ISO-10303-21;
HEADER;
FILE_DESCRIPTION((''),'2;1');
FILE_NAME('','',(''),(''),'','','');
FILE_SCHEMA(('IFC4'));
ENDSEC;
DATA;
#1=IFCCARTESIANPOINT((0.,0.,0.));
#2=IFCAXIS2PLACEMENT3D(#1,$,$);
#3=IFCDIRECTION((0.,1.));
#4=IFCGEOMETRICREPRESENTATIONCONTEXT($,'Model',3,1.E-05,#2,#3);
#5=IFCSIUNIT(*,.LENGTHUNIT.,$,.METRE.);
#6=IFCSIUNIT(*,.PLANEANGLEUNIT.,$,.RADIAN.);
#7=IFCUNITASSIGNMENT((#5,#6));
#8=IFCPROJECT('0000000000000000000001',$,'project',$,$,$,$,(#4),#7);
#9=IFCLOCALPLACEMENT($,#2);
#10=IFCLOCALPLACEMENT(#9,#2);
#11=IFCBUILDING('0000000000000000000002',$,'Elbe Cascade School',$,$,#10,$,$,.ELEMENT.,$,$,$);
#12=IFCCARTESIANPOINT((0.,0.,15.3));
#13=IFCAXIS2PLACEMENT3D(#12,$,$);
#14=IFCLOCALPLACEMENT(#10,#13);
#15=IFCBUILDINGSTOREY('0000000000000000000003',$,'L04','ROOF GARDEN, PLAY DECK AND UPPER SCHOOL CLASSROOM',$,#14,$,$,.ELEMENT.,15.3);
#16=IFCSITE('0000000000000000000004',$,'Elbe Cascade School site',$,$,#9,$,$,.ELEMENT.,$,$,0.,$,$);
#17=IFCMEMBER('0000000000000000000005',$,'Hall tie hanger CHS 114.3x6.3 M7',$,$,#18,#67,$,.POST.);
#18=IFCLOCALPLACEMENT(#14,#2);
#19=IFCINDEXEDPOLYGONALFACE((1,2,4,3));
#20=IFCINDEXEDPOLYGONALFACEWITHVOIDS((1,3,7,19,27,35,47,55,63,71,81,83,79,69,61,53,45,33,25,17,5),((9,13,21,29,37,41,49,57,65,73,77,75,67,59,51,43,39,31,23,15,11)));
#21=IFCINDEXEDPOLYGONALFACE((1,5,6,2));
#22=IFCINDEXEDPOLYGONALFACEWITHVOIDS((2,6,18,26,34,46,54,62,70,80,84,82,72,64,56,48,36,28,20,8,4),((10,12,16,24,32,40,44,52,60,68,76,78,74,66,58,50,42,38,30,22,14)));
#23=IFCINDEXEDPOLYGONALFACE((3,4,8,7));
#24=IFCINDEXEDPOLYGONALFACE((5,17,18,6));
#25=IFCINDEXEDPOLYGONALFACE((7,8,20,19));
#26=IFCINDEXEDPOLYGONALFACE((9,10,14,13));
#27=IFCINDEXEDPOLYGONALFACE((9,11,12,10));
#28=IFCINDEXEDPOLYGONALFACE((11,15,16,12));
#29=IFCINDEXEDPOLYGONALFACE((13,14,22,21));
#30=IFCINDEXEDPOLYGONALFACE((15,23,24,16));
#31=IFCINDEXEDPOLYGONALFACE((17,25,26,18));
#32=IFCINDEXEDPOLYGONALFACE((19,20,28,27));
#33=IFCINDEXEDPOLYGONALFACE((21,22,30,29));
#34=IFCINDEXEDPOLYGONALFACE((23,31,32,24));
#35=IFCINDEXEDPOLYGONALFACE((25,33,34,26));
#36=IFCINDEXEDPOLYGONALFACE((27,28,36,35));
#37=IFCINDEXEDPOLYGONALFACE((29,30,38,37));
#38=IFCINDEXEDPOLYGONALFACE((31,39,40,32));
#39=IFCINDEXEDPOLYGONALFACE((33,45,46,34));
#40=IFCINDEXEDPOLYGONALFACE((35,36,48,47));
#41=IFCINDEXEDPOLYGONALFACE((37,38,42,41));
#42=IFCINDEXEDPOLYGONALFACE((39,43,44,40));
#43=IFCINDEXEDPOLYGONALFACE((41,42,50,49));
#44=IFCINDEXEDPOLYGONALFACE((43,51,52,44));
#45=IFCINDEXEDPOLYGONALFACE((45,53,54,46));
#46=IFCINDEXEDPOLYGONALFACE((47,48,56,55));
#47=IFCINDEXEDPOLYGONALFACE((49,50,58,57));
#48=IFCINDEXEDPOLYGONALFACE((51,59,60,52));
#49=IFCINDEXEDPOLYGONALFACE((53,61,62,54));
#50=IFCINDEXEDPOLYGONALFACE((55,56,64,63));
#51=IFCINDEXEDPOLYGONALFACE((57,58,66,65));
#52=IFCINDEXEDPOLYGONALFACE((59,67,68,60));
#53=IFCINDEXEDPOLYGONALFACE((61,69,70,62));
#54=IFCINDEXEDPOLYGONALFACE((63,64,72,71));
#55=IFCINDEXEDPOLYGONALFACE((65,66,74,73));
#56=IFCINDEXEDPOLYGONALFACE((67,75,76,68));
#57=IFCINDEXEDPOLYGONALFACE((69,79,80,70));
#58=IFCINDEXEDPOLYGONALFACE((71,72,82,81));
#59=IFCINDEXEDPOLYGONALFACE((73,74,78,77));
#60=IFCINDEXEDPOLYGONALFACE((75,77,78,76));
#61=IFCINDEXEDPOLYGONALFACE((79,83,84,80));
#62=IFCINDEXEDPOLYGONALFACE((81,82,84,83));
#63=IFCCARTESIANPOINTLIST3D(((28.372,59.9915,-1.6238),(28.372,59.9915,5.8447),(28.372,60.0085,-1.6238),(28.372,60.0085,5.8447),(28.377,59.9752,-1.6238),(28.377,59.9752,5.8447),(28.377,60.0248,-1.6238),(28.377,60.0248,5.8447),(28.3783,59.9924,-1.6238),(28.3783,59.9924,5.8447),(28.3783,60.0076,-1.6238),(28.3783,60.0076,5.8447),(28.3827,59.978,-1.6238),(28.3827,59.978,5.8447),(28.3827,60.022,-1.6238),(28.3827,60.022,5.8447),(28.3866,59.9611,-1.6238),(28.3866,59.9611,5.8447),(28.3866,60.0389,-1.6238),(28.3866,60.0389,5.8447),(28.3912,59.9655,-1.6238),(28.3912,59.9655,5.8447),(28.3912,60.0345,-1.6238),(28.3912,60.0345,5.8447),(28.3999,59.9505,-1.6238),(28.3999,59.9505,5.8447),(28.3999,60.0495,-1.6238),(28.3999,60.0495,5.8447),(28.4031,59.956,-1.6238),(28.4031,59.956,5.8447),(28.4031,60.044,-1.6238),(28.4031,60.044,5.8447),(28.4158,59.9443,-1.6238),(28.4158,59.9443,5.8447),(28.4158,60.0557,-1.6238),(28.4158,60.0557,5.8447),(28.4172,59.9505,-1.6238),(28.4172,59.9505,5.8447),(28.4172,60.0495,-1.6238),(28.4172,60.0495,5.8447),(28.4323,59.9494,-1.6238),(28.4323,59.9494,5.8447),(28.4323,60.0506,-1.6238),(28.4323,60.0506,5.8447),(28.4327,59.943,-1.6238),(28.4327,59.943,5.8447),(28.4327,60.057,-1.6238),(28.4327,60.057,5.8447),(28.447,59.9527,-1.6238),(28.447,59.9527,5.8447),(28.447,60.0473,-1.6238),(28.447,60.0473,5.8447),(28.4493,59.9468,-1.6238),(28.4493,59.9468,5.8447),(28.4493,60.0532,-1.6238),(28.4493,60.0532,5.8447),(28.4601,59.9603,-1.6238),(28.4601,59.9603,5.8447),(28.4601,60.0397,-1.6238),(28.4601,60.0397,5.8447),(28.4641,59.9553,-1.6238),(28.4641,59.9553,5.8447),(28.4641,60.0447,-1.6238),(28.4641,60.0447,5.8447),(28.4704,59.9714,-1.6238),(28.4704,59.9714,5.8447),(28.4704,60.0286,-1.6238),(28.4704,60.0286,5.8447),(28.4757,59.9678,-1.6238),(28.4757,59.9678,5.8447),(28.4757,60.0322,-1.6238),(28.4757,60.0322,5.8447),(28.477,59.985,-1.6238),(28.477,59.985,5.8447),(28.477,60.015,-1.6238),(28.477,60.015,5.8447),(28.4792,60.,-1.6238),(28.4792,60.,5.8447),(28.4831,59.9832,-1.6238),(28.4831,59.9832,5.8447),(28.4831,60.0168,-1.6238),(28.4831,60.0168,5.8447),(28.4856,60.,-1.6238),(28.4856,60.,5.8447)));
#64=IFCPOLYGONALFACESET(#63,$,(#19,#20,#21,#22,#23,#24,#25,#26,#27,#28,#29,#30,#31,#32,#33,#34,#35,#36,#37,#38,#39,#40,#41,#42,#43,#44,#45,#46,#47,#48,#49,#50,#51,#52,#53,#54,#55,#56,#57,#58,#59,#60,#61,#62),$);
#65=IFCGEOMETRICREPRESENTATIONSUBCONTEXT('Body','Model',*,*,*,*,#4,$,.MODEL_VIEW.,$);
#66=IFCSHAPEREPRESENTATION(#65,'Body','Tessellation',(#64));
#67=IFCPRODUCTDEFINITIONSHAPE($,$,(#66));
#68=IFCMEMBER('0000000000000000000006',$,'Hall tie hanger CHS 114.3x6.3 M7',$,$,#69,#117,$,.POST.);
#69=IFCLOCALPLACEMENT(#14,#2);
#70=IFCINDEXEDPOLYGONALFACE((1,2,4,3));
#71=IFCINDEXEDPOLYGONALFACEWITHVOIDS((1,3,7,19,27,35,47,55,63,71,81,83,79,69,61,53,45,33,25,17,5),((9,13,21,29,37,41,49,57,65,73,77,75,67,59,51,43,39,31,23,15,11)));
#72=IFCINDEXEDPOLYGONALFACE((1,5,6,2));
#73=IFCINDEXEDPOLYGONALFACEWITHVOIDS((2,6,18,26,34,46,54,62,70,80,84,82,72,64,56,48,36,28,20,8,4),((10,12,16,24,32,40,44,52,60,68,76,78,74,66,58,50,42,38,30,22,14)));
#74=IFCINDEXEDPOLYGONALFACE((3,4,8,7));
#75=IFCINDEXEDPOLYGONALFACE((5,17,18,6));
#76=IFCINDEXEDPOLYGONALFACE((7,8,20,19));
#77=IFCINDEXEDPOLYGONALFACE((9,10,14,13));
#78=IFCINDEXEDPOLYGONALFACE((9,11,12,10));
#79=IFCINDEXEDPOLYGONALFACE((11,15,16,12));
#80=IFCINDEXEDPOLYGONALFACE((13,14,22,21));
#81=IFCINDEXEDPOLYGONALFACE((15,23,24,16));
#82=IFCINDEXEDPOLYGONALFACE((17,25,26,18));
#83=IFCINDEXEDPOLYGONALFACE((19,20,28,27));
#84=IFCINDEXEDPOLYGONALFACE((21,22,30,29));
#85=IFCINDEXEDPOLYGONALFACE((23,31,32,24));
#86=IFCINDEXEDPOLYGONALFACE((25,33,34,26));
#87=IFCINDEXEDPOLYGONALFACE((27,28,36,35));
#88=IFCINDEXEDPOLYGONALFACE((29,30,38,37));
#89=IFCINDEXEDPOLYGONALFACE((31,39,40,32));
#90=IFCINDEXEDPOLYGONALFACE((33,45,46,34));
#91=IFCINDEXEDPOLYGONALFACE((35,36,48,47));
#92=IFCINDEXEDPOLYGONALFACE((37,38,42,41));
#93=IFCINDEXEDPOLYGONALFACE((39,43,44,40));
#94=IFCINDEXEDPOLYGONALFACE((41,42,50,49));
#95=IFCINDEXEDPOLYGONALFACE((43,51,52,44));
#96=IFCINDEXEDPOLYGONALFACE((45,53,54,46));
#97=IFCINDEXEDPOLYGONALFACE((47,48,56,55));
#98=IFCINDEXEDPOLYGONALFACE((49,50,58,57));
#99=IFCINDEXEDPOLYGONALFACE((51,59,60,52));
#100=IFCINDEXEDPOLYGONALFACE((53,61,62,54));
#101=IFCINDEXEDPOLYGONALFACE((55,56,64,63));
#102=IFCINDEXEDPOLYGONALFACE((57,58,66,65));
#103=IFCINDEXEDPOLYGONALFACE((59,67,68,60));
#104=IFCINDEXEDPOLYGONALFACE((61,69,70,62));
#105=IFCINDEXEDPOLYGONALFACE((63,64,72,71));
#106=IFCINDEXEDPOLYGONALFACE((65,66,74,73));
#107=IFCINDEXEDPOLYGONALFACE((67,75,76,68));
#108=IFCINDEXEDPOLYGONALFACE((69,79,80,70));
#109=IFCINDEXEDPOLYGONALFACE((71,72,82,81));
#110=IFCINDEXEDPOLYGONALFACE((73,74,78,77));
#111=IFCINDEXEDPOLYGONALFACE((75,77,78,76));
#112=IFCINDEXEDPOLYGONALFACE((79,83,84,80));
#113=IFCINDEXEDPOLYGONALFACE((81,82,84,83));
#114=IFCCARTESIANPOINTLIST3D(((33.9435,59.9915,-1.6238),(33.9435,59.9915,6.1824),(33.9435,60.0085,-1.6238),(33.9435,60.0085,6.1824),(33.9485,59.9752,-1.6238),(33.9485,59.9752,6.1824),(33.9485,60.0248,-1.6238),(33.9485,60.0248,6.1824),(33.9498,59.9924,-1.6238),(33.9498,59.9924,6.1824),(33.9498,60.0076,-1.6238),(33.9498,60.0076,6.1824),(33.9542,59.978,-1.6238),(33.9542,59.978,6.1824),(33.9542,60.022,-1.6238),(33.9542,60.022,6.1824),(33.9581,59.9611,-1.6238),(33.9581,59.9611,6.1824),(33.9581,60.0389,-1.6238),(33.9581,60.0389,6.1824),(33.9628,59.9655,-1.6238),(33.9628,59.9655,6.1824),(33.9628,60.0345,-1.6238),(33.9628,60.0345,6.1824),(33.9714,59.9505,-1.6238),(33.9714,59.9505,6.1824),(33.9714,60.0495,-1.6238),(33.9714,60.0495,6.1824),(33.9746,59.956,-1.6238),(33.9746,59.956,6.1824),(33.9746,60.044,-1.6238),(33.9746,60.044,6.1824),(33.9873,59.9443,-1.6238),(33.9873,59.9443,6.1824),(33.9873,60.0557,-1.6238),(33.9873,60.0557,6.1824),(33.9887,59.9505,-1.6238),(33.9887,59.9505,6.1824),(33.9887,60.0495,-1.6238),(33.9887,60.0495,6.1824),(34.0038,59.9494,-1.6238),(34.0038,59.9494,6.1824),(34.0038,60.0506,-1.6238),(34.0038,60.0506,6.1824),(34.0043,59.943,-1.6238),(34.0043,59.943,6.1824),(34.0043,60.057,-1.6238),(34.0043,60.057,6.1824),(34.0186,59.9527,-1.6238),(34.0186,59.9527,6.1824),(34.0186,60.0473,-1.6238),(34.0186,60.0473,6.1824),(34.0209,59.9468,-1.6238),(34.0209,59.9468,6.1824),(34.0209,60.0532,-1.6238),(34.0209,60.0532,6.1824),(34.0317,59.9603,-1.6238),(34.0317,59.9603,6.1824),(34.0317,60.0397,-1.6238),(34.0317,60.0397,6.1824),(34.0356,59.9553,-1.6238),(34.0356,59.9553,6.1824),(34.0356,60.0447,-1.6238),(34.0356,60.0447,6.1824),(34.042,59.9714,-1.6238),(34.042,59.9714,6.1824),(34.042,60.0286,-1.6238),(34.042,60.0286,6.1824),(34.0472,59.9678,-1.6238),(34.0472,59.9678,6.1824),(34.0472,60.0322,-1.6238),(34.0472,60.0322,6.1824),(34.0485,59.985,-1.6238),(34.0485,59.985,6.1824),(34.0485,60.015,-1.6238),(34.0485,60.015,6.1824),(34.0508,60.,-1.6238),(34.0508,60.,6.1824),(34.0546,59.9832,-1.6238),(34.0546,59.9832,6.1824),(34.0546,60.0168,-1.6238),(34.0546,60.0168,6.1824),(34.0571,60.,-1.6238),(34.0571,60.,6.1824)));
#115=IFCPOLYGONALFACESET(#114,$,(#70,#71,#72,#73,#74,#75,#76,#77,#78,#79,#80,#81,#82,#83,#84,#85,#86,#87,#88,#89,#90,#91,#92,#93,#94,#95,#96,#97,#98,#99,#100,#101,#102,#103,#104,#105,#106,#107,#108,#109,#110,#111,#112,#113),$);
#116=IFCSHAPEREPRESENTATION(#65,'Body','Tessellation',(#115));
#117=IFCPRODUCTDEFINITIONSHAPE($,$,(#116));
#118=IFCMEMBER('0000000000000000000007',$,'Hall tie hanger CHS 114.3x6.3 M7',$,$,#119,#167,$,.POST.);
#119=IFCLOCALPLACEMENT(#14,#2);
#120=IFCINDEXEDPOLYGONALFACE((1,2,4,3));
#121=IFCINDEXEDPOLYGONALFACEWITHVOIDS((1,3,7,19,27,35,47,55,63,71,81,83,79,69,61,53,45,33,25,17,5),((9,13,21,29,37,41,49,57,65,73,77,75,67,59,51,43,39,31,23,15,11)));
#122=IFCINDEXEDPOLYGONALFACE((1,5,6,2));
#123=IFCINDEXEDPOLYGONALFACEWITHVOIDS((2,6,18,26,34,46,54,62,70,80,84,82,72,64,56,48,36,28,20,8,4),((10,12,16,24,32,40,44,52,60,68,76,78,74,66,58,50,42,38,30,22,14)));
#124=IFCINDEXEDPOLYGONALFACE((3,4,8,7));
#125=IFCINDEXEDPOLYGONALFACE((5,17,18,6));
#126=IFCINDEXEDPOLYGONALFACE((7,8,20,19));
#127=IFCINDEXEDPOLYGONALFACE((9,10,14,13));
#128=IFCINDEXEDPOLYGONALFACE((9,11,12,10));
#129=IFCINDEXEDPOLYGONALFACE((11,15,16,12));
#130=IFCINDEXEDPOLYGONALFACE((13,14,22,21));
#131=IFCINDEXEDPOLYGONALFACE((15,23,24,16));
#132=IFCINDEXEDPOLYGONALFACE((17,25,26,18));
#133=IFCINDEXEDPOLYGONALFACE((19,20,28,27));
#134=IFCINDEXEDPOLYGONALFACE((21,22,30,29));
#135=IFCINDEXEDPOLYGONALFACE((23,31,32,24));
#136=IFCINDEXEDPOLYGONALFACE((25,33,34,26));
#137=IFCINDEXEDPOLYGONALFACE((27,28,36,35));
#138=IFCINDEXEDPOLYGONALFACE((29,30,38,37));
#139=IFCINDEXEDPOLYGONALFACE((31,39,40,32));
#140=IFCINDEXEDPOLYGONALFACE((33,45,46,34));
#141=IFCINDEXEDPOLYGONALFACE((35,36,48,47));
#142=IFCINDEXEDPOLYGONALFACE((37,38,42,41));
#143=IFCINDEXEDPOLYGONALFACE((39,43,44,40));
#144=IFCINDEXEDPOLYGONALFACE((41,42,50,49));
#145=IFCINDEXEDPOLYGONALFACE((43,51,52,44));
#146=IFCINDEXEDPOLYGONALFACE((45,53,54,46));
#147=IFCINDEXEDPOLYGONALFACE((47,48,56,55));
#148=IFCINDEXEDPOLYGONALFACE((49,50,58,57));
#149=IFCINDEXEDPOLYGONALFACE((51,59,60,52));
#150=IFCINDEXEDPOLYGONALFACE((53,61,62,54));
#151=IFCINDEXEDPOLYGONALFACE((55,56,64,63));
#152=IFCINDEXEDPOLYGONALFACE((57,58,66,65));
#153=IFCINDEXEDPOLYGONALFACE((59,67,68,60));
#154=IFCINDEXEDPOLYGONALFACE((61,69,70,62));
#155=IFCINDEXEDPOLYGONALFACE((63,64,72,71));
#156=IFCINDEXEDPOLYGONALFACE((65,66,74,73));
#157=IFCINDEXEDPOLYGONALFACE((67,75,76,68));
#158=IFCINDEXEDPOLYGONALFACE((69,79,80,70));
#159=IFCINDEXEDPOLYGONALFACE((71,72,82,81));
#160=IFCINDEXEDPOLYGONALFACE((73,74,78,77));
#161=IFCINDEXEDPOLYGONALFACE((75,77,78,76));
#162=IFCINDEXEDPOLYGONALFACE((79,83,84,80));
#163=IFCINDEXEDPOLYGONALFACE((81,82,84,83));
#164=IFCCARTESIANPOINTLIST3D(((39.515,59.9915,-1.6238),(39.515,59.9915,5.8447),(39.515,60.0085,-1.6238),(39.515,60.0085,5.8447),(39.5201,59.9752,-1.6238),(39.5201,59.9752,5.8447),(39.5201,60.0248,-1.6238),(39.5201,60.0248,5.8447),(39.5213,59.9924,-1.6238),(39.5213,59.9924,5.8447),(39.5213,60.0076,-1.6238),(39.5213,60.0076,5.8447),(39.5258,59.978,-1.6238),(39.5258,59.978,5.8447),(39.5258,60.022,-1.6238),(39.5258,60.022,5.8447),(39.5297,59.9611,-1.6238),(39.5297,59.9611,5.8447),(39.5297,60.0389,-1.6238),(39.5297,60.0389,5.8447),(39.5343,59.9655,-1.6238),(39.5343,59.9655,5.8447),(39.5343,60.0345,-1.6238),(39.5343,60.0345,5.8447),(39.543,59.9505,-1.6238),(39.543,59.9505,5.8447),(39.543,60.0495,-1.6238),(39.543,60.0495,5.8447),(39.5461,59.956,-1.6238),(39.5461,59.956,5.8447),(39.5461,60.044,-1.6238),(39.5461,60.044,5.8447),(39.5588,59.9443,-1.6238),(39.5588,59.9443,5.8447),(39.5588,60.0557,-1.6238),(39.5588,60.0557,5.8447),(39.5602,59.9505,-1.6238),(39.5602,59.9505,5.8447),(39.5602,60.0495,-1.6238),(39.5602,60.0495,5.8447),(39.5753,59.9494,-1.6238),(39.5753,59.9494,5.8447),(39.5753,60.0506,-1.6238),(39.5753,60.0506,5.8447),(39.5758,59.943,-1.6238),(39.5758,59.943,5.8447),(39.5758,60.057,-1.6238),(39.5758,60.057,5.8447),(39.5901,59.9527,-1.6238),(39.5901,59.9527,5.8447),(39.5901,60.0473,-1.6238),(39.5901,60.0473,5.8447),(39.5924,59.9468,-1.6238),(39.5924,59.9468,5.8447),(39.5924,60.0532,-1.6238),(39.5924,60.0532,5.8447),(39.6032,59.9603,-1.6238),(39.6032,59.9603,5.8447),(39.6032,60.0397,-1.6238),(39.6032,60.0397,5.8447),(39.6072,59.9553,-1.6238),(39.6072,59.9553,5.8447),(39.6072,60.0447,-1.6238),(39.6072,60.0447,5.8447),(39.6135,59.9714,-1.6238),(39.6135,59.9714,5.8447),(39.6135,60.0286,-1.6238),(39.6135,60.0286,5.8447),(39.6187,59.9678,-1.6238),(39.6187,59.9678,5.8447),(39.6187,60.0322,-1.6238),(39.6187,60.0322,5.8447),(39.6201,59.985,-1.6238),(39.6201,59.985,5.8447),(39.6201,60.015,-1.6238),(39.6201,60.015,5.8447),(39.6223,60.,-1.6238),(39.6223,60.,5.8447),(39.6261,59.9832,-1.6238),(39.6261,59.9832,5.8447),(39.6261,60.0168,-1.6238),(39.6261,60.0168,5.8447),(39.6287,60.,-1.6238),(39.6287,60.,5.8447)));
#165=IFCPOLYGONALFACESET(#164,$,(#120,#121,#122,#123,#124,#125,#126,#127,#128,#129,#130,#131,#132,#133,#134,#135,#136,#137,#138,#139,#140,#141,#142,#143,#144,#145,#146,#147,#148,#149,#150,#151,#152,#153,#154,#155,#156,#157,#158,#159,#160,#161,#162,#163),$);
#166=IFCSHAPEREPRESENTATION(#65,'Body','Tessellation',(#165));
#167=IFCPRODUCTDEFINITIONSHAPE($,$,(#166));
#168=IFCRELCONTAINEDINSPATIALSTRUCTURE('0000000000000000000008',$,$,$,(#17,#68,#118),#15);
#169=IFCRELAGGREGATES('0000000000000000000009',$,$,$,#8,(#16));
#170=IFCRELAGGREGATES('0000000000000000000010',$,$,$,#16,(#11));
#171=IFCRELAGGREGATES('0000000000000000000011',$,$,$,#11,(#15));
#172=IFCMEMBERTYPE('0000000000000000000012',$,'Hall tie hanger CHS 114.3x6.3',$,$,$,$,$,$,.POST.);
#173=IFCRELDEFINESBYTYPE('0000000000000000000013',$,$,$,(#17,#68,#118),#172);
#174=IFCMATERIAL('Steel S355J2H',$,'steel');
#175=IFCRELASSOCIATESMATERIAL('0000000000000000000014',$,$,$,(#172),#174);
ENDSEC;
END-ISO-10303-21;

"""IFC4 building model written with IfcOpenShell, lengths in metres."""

from ifc_helpers import new_model, si_unit, direction, frame, origin, origin_2d, place, context, subcontext, project, spatial, hollow_circle, extrude, material, material_profile, profile_set, type_object, element, save


model = new_model("IFC4")

# Units and contexts
model_context = context("Model", 3, precision=1e-05, world=origin(), true_north=direction((0.0, 1.0)))
body_context = subcontext(model_context, "Body", "Model", "MODEL_VIEW")
ifc_project = project(units=[si_unit("LENGTHUNIT", "METRE"), si_unit("PLANEANGLEUNIT", "RADIAN")], contexts=[model_context])

# Site, building, storey
site_placement = place(None, origin())
site = spatial("IfcSite", under=ifc_project, at=site_placement, Name="Elbe Cascade School site", CompositionType="ELEMENT", RefElevation=0.0)
building_placement = place(site_placement, origin())
building = spatial("IfcBuilding", under=site, at=building_placement, Name="Elbe Cascade School", CompositionType="ELEMENT")
storey_placement = place(building_placement, frame((0.0, 0.0, 15.3)))
storey = spatial("IfcBuildingStorey", under=building, at=storey_placement, Name="L04", Description="ROOF GARDEN, PLAY DECK AND UPPER SCHOOL CLASSROOM", CompositionType="ELEMENT", Elevation=15.3)

# Members
ifc_material_1 = material(Name="Steel S355J2H", Category="steel")
ifc_material_profile_1 = material_profile(ifc_material_1, hollow_circle(Radius=0.0571, WallThickness=0.0063, at=origin_2d()), Name="CHS 114.3x6.3")
ifc_profile_set_1 = profile_set([ifc_material_profile_1], Name="Steel S355J2H")
member_type_1 = type_object("IfcMemberType", Name="Hall tie hanger CHS 114.3x6.3", PredefinedType="POST", material=ifc_profile_set_1)
member_1_placement = place(storey_placement, frame((28.4285, 60.0, -1.6238), z_axis=(0.0, 0.0, 1.0), x_axis=(1.0, 0.0, 0.0)))
element("IfcMember", 1, at=member_1_placement, inside=storey, type_object=member_type_1, Name="Hall tie hanger CHS 114.3x6.3 M7", PredefinedType="POST", context=body_context, shape_type="SweptSolid", body=[
    extrude(hollow_circle(Radius=0.0571, WallThickness=0.0063, at=origin_2d()), origin(), (0.0, 0.0, 1.0), 7.4685),
])
member_2_placement = place(storey_placement, frame((34.0, 60.0, -1.6238), z_axis=(0.0, 0.0, 1.0), x_axis=(1.0, 0.0, 0.0)))
element("IfcMember", 2, at=member_2_placement, inside=storey, type_object=member_type_1, Name="Hall tie hanger CHS 114.3x6.3 M7", PredefinedType="POST", context=body_context, shape_type="SweptSolid", body=[
    extrude(hollow_circle(Radius=0.0571, WallThickness=0.0063, at=origin_2d()), origin(), (0.0, 0.0, 1.0), 7.8062),
])
member_3_placement = place(storey_placement, frame((39.5715, 60.0, -1.6238), z_axis=(0.0, 0.0, 1.0), x_axis=(1.0, 0.0, 0.0)))
element("IfcMember", 3, at=member_3_placement, inside=storey, type_object=member_type_1, Name="Hall tie hanger CHS 114.3x6.3 M7", PredefinedType="POST", context=body_context, shape_type="SweptSolid", body=[
    extrude(hollow_circle(Radius=0.0571, WallThickness=0.0063, at=origin_2d()), origin(), (0.0, 0.0, 1.0), 7.4685),
])

save(model, "model.ifc")
